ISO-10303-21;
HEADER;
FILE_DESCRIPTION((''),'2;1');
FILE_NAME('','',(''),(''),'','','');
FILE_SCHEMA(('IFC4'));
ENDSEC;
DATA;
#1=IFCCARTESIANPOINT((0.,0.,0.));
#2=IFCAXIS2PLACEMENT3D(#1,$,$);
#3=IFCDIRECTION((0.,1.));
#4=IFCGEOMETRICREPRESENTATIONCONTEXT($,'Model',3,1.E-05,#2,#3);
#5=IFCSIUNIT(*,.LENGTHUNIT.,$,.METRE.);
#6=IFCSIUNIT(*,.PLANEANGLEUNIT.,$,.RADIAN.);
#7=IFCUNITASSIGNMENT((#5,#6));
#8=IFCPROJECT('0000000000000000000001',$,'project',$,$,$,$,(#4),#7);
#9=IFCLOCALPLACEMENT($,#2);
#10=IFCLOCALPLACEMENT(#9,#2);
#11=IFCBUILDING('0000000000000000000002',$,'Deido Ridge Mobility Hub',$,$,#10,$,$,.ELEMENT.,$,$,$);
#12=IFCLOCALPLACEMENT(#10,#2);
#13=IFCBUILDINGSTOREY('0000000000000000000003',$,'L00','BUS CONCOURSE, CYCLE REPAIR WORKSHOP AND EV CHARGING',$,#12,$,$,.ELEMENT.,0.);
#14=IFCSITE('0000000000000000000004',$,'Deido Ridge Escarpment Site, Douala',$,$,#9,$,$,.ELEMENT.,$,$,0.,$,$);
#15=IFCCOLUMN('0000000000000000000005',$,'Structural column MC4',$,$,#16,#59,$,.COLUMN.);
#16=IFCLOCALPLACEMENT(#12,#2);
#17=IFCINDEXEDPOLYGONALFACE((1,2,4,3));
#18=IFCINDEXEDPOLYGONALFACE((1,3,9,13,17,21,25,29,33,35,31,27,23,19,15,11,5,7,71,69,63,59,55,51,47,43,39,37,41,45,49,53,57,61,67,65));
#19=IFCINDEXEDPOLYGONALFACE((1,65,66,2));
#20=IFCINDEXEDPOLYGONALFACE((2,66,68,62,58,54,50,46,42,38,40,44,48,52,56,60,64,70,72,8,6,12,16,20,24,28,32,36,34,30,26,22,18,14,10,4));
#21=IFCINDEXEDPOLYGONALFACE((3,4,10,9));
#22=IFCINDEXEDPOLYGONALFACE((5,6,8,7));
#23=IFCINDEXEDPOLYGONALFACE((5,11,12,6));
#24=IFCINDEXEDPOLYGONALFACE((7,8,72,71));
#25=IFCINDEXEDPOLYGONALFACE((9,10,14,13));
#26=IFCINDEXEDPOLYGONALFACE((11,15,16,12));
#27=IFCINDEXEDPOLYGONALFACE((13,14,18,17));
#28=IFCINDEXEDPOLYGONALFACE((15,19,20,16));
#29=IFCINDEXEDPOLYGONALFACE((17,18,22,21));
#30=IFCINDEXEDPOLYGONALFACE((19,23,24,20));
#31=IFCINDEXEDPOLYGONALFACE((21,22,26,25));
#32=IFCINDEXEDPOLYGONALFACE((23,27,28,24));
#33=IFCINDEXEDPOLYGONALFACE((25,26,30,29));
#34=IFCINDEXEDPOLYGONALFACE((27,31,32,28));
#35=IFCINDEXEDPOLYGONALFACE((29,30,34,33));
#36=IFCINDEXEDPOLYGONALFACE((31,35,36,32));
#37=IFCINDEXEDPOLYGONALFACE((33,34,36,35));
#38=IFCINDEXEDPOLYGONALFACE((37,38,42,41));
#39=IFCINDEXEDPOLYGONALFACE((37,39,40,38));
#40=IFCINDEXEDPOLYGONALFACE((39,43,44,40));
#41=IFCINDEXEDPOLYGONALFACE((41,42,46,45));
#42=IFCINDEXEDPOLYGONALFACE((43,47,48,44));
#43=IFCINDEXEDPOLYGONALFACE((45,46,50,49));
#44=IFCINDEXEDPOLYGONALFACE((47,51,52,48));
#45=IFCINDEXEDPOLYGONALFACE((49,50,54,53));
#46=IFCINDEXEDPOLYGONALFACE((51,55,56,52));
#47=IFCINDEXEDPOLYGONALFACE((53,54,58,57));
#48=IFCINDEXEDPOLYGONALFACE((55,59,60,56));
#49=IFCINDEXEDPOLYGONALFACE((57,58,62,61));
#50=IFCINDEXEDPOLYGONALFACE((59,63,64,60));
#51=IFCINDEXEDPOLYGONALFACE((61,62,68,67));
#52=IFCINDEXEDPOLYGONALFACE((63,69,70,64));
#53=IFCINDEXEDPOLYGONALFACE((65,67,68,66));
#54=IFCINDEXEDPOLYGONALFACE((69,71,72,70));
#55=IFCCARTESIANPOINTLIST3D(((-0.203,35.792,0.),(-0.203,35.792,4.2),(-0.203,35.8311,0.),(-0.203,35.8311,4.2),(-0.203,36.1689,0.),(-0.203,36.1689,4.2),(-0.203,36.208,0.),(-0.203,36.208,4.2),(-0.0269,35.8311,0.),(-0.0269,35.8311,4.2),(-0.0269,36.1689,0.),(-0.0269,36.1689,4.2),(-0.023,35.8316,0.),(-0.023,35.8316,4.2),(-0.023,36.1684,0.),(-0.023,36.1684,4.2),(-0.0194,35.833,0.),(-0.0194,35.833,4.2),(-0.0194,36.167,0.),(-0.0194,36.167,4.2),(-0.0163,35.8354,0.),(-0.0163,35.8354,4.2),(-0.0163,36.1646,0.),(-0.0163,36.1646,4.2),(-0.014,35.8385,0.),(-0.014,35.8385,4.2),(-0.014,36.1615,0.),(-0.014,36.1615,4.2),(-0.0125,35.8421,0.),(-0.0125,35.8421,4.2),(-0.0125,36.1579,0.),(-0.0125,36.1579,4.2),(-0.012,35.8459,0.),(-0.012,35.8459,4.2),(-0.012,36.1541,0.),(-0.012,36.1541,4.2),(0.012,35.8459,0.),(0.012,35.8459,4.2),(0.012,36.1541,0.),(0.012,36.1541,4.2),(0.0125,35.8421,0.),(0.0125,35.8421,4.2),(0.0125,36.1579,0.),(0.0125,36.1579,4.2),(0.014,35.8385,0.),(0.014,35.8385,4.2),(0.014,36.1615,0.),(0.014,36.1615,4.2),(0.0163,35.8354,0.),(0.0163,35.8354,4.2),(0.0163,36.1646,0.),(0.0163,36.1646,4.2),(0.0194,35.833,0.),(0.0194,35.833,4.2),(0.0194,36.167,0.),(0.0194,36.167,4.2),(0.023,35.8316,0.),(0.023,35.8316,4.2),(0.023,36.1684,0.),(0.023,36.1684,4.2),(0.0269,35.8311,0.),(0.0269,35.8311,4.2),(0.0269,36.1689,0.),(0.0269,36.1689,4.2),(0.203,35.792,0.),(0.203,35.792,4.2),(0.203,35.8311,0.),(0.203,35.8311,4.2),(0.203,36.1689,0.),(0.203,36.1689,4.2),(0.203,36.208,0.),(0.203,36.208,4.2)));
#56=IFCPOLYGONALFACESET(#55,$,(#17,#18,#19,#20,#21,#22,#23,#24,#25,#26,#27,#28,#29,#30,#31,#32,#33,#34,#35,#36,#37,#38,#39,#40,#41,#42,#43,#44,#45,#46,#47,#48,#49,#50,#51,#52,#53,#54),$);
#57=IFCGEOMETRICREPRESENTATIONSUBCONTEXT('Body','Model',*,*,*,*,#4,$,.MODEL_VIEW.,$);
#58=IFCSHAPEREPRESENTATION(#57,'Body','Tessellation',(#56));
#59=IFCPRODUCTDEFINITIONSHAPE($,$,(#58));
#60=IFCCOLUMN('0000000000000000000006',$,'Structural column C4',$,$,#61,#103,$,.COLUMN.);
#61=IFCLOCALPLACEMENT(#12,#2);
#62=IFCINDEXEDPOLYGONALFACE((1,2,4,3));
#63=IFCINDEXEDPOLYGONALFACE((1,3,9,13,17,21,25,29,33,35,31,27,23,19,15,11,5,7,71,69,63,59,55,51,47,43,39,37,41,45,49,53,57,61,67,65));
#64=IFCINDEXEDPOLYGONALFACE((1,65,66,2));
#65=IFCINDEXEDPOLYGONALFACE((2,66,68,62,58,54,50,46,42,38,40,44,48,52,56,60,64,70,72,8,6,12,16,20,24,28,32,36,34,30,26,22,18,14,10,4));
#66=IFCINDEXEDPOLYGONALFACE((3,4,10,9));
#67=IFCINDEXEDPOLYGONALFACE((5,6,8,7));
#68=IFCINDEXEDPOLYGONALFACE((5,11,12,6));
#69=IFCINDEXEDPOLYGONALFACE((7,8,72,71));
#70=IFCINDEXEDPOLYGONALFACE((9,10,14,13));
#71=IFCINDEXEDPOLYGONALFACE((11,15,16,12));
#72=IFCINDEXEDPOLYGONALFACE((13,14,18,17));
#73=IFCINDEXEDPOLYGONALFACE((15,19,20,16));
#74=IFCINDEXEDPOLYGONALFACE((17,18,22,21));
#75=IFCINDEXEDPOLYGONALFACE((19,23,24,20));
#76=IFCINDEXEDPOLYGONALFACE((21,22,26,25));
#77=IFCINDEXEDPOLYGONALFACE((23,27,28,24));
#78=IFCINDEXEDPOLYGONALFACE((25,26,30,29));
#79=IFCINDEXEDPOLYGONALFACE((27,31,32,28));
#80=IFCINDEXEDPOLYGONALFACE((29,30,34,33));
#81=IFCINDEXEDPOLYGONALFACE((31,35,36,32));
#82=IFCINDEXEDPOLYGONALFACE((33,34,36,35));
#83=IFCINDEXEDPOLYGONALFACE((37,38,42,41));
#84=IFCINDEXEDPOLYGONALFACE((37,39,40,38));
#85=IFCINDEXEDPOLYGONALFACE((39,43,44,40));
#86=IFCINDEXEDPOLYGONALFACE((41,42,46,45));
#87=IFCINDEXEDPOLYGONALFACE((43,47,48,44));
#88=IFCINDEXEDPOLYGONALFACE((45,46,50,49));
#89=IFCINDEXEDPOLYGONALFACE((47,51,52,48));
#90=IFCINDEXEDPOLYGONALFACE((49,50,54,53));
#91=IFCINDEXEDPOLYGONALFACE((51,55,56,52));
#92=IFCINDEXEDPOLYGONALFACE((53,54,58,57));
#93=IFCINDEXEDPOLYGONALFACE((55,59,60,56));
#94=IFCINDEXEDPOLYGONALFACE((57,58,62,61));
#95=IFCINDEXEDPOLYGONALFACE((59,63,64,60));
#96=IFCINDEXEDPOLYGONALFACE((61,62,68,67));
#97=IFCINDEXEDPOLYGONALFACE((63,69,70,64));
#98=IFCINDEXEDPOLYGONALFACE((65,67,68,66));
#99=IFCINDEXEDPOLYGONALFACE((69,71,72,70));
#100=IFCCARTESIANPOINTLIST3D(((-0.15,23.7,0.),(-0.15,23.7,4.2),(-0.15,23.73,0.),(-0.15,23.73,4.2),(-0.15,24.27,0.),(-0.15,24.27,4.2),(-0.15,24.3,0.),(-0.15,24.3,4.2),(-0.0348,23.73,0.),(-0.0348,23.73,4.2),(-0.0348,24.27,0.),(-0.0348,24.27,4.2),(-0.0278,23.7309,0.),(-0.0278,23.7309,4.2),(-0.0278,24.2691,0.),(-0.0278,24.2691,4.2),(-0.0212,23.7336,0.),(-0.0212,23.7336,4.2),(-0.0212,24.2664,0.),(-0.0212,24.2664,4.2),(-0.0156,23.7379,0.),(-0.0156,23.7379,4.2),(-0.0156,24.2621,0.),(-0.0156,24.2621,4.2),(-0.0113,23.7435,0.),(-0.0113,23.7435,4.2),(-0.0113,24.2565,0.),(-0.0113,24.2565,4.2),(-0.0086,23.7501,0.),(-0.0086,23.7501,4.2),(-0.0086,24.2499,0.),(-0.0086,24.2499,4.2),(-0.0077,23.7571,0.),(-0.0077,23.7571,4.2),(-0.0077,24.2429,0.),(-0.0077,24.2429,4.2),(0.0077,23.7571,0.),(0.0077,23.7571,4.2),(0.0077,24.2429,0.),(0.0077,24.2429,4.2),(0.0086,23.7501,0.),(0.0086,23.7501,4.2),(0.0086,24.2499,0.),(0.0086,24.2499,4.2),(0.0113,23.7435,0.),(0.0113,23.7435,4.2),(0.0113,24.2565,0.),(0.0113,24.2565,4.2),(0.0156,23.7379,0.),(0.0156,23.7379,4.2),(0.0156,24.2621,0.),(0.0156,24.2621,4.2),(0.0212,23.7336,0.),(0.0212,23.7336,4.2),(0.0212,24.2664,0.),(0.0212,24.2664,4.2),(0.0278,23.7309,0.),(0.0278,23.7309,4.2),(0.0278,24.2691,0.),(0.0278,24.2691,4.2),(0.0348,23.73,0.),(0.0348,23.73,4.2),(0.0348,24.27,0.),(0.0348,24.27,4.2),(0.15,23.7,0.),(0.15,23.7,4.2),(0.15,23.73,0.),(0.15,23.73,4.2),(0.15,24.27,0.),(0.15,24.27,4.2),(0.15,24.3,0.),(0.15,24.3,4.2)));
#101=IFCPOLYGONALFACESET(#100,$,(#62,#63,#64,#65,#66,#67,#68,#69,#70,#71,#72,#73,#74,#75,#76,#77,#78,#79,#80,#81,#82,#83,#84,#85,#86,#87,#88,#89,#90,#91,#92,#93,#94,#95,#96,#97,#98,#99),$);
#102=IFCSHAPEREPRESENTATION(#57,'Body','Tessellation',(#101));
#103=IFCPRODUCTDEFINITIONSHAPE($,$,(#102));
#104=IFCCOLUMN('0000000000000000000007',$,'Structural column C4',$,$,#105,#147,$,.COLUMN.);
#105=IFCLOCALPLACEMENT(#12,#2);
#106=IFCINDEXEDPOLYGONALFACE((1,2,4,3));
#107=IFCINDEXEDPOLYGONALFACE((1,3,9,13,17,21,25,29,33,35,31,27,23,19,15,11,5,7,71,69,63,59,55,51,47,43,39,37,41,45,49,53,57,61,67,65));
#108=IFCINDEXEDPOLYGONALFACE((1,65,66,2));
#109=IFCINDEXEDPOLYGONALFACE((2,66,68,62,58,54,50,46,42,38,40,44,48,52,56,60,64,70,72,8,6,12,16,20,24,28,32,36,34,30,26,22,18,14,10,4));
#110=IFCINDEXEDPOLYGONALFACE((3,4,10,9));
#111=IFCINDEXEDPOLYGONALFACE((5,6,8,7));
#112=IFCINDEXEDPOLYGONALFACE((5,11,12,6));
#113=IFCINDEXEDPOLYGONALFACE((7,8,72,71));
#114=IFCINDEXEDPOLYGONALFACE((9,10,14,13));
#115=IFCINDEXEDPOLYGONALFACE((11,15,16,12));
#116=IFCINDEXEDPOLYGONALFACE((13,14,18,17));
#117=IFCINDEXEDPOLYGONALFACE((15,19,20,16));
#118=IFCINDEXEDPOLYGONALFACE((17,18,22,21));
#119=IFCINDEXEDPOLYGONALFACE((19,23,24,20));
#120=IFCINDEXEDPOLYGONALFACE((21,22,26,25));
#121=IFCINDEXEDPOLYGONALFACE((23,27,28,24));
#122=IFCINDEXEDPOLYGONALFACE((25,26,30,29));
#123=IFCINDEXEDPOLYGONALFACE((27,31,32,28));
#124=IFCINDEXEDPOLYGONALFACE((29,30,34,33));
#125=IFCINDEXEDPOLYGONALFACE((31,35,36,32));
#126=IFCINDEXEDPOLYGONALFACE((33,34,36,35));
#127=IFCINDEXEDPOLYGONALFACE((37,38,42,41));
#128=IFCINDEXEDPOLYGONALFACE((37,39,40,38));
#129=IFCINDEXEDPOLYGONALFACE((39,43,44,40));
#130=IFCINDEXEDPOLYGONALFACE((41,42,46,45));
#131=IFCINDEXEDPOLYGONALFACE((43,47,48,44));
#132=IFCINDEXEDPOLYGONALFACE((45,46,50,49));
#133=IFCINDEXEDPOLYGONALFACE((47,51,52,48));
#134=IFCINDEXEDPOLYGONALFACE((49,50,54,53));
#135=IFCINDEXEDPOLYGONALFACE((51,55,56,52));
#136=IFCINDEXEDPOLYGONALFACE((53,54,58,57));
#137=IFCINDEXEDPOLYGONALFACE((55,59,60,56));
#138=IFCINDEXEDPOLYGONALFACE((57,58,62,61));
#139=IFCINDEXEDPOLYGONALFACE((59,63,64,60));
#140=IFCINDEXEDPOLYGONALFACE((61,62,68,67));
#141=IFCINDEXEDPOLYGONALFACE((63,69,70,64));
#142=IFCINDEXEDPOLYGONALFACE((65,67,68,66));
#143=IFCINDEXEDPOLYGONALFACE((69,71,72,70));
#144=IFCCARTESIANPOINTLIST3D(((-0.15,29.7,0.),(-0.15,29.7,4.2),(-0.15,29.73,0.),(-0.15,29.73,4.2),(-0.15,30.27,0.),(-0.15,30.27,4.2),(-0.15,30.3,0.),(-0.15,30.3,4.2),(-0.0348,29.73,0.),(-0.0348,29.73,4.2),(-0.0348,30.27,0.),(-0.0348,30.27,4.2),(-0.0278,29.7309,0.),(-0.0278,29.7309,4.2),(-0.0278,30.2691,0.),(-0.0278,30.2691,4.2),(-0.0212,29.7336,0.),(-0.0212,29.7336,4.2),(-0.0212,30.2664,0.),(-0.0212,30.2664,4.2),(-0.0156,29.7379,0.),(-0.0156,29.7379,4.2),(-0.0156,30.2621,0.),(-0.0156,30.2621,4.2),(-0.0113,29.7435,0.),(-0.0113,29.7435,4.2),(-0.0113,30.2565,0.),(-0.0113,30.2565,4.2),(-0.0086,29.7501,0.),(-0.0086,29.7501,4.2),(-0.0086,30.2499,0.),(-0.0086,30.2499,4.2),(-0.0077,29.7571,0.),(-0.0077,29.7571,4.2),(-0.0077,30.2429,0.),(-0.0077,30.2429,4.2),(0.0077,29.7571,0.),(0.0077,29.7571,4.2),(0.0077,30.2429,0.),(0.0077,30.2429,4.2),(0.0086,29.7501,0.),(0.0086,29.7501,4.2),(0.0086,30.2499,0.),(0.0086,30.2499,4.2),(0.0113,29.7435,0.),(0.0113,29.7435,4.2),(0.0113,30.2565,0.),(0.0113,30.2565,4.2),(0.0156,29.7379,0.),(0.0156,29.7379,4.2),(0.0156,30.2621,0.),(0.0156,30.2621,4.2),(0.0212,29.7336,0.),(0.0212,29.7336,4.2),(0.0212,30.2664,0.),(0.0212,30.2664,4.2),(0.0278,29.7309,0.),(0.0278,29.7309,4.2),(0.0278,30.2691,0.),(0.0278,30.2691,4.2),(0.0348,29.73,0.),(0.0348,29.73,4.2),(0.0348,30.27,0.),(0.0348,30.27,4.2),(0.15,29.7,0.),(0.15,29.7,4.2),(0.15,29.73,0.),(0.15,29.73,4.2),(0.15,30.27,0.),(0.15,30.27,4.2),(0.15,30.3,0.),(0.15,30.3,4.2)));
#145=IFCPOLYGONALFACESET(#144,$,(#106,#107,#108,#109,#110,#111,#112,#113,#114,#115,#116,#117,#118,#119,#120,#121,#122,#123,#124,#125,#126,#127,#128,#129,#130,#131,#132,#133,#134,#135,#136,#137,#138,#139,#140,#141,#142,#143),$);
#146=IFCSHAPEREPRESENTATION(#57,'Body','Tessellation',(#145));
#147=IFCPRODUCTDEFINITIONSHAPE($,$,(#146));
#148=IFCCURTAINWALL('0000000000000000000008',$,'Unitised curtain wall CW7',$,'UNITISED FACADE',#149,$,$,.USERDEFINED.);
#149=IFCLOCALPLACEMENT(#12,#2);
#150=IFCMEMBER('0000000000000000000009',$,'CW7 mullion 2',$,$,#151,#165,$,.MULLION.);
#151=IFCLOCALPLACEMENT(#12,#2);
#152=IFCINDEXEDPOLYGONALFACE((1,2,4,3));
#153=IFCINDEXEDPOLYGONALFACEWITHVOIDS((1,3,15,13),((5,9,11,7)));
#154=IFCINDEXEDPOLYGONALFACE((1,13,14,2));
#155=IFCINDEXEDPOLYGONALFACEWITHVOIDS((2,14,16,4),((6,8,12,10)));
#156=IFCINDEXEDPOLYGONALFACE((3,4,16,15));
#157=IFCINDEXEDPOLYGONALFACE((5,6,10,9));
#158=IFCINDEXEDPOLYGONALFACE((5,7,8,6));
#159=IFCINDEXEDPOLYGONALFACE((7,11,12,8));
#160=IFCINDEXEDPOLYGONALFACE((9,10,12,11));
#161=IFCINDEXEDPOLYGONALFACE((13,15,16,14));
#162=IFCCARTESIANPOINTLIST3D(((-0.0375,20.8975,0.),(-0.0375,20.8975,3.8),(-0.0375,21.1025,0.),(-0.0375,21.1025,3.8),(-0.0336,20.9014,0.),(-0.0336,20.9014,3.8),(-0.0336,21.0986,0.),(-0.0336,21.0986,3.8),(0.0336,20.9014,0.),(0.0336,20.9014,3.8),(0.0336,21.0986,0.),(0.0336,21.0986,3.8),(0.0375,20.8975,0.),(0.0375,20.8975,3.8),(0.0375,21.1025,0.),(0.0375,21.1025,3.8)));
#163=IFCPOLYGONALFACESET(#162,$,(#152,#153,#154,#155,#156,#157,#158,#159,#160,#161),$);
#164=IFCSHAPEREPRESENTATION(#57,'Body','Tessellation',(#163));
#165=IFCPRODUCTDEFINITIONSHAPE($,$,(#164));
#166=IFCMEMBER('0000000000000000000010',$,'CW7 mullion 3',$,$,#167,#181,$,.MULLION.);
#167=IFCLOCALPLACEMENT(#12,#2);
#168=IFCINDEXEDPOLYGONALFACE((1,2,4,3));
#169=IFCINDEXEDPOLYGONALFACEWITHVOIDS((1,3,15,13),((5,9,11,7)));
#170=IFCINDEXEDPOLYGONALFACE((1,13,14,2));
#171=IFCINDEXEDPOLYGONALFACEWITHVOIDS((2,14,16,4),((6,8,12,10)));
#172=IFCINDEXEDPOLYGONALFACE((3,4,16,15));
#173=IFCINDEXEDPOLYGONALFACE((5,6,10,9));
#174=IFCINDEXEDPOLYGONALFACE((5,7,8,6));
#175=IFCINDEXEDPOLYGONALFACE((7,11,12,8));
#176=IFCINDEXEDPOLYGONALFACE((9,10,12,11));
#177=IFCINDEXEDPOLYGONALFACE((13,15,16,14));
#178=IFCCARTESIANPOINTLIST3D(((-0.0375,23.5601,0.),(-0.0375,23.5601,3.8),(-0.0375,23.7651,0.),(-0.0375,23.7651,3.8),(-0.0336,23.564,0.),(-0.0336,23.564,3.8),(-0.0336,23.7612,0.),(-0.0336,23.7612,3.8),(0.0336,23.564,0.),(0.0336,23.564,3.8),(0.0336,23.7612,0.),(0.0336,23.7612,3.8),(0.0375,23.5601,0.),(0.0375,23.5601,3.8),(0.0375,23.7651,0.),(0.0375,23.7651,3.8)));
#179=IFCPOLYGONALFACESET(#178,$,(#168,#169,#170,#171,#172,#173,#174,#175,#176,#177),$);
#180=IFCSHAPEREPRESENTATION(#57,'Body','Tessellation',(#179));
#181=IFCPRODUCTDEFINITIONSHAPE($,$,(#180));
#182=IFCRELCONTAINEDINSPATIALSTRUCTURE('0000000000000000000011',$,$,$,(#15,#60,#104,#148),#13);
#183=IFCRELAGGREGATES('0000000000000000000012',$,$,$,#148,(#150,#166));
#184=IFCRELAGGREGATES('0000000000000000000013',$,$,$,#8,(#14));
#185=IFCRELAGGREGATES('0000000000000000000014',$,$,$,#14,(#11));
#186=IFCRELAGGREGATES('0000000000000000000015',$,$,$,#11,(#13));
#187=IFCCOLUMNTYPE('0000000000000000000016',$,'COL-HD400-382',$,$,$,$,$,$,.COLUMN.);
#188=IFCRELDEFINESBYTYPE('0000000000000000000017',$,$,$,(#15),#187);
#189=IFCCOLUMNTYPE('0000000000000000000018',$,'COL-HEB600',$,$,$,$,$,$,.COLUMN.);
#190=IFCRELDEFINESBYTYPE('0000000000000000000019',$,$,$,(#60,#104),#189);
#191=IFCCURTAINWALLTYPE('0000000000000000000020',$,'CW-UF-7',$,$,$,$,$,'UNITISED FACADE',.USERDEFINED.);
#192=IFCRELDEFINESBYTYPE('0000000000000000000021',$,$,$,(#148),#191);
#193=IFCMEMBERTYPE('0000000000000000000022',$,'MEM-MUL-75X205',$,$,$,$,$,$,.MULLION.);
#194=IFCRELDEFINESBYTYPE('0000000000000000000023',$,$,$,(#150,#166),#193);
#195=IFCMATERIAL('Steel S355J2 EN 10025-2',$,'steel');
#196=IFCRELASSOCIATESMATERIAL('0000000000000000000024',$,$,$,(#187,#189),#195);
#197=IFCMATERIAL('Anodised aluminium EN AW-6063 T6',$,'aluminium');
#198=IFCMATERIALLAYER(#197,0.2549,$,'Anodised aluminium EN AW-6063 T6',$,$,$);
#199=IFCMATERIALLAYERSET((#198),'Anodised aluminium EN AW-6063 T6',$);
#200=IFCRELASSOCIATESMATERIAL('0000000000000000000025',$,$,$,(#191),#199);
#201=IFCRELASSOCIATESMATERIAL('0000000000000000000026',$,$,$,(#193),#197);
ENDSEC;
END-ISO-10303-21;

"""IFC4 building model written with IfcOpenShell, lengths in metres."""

from ifc_helpers import new_model, si_unit, direction, frame, origin, origin_2d, place, context, subcontext, project, spatial, hollow_rectangle, i_section, extrude, material, layer, layer_set, material_profile, profile_set, type_object, element, aggregate, save


model = new_model("IFC4")

# Units and contexts
model_context = context("Model", 3, precision=1e-05, world=origin(), true_north=direction((0.0, 1.0)))
body_context = subcontext(model_context, "Body", "Model", "MODEL_VIEW")
ifc_project = project(units=[si_unit("LENGTHUNIT", "METRE"), si_unit("PLANEANGLEUNIT", "RADIAN")], contexts=[model_context])

# Site, building, storey
site_placement = place(None, origin())
site = spatial("IfcSite", under=ifc_project, at=site_placement, Name="Deido Ridge Escarpment Site, Douala", CompositionType="ELEMENT", RefElevation=0.0)
building_placement = place(site_placement, origin())
building = spatial("IfcBuilding", under=site, at=building_placement, Name="Deido Ridge Mobility Hub", CompositionType="ELEMENT")
storey_placement = place(building_placement, origin())
storey = spatial("IfcBuildingStorey", under=building, at=storey_placement, Name="L00", Description="BUS CONCOURSE, CYCLE REPAIR WORKSHOP AND EV CHARGING", CompositionType="ELEMENT", Elevation=0.0)

# Columns
ifc_material_1 = material(Name="Steel S355J2 EN 10025-2", Category="steel")
ifc_material_profile_1 = material_profile(ifc_material_1, i_section(OverallWidth=0.406, OverallDepth=0.416, WebThickness=0.0239, FlangeThickness=0.0391, FilletRadius=0.0149, at=origin_2d()), Name="HD 400x382")
ifc_profile_set_1 = profile_set([ifc_material_profile_1], Name="Steel S355J2 EN 10025-2")
column_type_1 = type_object("IfcColumnType", Name="COL-HD400-382", PredefinedType="COLUMN", material=ifc_profile_set_1)
column_placement = place(storey_placement, frame((0.0, 36.0, 0.0), z_axis=(0.0, 0.0, 1.0), x_axis=(1.0, 0.0, 0.0)))
element("IfcColumn", 1, at=column_placement, inside=storey, type_object=column_type_1, Name="Structural column MC4", PredefinedType="COLUMN", context=body_context, shape_type="SweptSolid", body=[
    extrude(i_section(OverallWidth=0.406, OverallDepth=0.416, WebThickness=0.0239, FlangeThickness=0.0391, FilletRadius=0.0149, at=origin_2d()), origin(), (0.0, 0.0, 1.0), 4.2),
])
ifc_material_profile_2 = material_profile(ifc_material_1, i_section(OverallWidth=0.3, OverallDepth=0.6001, WebThickness=0.0154, FlangeThickness=0.03, FilletRadius=0.0271, at=origin_2d()), Name="HEB 600")
ifc_profile_set_2 = profile_set([ifc_material_profile_2], Name="Steel S355J2 EN 10025-2")
column_type_2 = type_object("IfcColumnType", Name="COL-HEB600", PredefinedType="COLUMN", material=ifc_profile_set_2)
for number, where, z_axis, x_axis, name in (
    (2, (0.0, 24.0, 0.0), (0.0, 0.0, 1.0), (1.0, 0.0, 0.0), "Structural column C4"),
    (3, (0.0, 30.0, 0.0), (0.0, 0.0, 1.0), (1.0, 0.0, 0.0), "Structural column C4"),
):
    element("IfcColumn", number, at=place(storey_placement, frame(where, z_axis=z_axis, x_axis=x_axis)), inside=storey, type_object=column_type_2, Name=name, PredefinedType="COLUMN", context=body_context, shape_type="SweptSolid", body=[
        extrude(i_section(OverallWidth=0.3, OverallDepth=0.6001, WebThickness=0.0154, FlangeThickness=0.03, FilletRadius=0.0271, at=origin_2d()), origin(), (0.0, 0.0, 1.0), 4.2),
    ])

# Curtain wall, members
ifc_material_2 = material(Name="Anodised aluminium EN AW-6063 T6", Category="aluminium")
ifc_layer_1 = layer(ifc_material_2, 0.2549, Name="Anodised aluminium EN AW-6063 T6")
ifc_layer_set_1 = layer_set([ifc_layer_1], Name="Anodised aluminium EN AW-6063 T6")
curtain_wall_type_1 = type_object("IfcCurtainWallType", Name="CW-UF-7", ElementType="UNITISED FACADE", PredefinedType="USERDEFINED", material=ifc_layer_set_1)
curtain_wall_1_placement = place(storey_placement, origin())
curtain_wall_1 = element("IfcCurtainWall", 4, at=curtain_wall_1_placement, inside=storey, type_object=curtain_wall_type_1, Name="Unitised curtain wall CW7", ObjectType="UNITISED FACADE", PredefinedType="USERDEFINED")
ifc_material_profile_3 = material_profile(ifc_material_2, hollow_rectangle(XDim=0.075, YDim=0.2051, WallThickness=0.0039, at=origin_2d()), Name="RHS 75x205x4")
ifc_profile_set_3 = profile_set([ifc_material_profile_3], Name="Anodised aluminium EN AW-6063 T6")
member_type_1 = type_object("IfcMemberType", Name="MEM-MUL-75X205", PredefinedType="MULLION", material=ifc_profile_set_3)
member_1_placement = place(storey_placement, frame((0.0, 21.0, 0.0), z_axis=(0.0, 0.0, 1.0), x_axis=(-1.0, 0.0, 0.0)))
member_1 = element("IfcMember", 5, at=member_1_placement, type_object=member_type_1, Name="CW7 mullion 2", PredefinedType="MULLION", context=body_context, shape_type="SweptSolid", body=[
    extrude(hollow_rectangle(XDim=0.075, YDim=0.2051, WallThickness=0.0039, at=origin_2d()), origin(), (0.0, 0.0, 1.0), 3.8),
])
member_2_placement = place(storey_placement, frame((0.0, 23.6626, 0.0), z_axis=(0.0, 0.0, 1.0), x_axis=(-1.0, 0.0, 0.0)))
member_2 = element("IfcMember", 6, at=member_2_placement, type_object=member_type_1, Name="CW7 mullion 3", PredefinedType="MULLION", context=body_context, shape_type="SweptSolid", body=[
    extrude(hollow_rectangle(XDim=0.075, YDim=0.2051, WallThickness=0.0039, at=origin_2d()), origin(), (0.0, 0.0, 1.0), 3.8),
])

aggregate(curtain_wall_1, [member_1, member_2])

save(model, "model.ifc")
